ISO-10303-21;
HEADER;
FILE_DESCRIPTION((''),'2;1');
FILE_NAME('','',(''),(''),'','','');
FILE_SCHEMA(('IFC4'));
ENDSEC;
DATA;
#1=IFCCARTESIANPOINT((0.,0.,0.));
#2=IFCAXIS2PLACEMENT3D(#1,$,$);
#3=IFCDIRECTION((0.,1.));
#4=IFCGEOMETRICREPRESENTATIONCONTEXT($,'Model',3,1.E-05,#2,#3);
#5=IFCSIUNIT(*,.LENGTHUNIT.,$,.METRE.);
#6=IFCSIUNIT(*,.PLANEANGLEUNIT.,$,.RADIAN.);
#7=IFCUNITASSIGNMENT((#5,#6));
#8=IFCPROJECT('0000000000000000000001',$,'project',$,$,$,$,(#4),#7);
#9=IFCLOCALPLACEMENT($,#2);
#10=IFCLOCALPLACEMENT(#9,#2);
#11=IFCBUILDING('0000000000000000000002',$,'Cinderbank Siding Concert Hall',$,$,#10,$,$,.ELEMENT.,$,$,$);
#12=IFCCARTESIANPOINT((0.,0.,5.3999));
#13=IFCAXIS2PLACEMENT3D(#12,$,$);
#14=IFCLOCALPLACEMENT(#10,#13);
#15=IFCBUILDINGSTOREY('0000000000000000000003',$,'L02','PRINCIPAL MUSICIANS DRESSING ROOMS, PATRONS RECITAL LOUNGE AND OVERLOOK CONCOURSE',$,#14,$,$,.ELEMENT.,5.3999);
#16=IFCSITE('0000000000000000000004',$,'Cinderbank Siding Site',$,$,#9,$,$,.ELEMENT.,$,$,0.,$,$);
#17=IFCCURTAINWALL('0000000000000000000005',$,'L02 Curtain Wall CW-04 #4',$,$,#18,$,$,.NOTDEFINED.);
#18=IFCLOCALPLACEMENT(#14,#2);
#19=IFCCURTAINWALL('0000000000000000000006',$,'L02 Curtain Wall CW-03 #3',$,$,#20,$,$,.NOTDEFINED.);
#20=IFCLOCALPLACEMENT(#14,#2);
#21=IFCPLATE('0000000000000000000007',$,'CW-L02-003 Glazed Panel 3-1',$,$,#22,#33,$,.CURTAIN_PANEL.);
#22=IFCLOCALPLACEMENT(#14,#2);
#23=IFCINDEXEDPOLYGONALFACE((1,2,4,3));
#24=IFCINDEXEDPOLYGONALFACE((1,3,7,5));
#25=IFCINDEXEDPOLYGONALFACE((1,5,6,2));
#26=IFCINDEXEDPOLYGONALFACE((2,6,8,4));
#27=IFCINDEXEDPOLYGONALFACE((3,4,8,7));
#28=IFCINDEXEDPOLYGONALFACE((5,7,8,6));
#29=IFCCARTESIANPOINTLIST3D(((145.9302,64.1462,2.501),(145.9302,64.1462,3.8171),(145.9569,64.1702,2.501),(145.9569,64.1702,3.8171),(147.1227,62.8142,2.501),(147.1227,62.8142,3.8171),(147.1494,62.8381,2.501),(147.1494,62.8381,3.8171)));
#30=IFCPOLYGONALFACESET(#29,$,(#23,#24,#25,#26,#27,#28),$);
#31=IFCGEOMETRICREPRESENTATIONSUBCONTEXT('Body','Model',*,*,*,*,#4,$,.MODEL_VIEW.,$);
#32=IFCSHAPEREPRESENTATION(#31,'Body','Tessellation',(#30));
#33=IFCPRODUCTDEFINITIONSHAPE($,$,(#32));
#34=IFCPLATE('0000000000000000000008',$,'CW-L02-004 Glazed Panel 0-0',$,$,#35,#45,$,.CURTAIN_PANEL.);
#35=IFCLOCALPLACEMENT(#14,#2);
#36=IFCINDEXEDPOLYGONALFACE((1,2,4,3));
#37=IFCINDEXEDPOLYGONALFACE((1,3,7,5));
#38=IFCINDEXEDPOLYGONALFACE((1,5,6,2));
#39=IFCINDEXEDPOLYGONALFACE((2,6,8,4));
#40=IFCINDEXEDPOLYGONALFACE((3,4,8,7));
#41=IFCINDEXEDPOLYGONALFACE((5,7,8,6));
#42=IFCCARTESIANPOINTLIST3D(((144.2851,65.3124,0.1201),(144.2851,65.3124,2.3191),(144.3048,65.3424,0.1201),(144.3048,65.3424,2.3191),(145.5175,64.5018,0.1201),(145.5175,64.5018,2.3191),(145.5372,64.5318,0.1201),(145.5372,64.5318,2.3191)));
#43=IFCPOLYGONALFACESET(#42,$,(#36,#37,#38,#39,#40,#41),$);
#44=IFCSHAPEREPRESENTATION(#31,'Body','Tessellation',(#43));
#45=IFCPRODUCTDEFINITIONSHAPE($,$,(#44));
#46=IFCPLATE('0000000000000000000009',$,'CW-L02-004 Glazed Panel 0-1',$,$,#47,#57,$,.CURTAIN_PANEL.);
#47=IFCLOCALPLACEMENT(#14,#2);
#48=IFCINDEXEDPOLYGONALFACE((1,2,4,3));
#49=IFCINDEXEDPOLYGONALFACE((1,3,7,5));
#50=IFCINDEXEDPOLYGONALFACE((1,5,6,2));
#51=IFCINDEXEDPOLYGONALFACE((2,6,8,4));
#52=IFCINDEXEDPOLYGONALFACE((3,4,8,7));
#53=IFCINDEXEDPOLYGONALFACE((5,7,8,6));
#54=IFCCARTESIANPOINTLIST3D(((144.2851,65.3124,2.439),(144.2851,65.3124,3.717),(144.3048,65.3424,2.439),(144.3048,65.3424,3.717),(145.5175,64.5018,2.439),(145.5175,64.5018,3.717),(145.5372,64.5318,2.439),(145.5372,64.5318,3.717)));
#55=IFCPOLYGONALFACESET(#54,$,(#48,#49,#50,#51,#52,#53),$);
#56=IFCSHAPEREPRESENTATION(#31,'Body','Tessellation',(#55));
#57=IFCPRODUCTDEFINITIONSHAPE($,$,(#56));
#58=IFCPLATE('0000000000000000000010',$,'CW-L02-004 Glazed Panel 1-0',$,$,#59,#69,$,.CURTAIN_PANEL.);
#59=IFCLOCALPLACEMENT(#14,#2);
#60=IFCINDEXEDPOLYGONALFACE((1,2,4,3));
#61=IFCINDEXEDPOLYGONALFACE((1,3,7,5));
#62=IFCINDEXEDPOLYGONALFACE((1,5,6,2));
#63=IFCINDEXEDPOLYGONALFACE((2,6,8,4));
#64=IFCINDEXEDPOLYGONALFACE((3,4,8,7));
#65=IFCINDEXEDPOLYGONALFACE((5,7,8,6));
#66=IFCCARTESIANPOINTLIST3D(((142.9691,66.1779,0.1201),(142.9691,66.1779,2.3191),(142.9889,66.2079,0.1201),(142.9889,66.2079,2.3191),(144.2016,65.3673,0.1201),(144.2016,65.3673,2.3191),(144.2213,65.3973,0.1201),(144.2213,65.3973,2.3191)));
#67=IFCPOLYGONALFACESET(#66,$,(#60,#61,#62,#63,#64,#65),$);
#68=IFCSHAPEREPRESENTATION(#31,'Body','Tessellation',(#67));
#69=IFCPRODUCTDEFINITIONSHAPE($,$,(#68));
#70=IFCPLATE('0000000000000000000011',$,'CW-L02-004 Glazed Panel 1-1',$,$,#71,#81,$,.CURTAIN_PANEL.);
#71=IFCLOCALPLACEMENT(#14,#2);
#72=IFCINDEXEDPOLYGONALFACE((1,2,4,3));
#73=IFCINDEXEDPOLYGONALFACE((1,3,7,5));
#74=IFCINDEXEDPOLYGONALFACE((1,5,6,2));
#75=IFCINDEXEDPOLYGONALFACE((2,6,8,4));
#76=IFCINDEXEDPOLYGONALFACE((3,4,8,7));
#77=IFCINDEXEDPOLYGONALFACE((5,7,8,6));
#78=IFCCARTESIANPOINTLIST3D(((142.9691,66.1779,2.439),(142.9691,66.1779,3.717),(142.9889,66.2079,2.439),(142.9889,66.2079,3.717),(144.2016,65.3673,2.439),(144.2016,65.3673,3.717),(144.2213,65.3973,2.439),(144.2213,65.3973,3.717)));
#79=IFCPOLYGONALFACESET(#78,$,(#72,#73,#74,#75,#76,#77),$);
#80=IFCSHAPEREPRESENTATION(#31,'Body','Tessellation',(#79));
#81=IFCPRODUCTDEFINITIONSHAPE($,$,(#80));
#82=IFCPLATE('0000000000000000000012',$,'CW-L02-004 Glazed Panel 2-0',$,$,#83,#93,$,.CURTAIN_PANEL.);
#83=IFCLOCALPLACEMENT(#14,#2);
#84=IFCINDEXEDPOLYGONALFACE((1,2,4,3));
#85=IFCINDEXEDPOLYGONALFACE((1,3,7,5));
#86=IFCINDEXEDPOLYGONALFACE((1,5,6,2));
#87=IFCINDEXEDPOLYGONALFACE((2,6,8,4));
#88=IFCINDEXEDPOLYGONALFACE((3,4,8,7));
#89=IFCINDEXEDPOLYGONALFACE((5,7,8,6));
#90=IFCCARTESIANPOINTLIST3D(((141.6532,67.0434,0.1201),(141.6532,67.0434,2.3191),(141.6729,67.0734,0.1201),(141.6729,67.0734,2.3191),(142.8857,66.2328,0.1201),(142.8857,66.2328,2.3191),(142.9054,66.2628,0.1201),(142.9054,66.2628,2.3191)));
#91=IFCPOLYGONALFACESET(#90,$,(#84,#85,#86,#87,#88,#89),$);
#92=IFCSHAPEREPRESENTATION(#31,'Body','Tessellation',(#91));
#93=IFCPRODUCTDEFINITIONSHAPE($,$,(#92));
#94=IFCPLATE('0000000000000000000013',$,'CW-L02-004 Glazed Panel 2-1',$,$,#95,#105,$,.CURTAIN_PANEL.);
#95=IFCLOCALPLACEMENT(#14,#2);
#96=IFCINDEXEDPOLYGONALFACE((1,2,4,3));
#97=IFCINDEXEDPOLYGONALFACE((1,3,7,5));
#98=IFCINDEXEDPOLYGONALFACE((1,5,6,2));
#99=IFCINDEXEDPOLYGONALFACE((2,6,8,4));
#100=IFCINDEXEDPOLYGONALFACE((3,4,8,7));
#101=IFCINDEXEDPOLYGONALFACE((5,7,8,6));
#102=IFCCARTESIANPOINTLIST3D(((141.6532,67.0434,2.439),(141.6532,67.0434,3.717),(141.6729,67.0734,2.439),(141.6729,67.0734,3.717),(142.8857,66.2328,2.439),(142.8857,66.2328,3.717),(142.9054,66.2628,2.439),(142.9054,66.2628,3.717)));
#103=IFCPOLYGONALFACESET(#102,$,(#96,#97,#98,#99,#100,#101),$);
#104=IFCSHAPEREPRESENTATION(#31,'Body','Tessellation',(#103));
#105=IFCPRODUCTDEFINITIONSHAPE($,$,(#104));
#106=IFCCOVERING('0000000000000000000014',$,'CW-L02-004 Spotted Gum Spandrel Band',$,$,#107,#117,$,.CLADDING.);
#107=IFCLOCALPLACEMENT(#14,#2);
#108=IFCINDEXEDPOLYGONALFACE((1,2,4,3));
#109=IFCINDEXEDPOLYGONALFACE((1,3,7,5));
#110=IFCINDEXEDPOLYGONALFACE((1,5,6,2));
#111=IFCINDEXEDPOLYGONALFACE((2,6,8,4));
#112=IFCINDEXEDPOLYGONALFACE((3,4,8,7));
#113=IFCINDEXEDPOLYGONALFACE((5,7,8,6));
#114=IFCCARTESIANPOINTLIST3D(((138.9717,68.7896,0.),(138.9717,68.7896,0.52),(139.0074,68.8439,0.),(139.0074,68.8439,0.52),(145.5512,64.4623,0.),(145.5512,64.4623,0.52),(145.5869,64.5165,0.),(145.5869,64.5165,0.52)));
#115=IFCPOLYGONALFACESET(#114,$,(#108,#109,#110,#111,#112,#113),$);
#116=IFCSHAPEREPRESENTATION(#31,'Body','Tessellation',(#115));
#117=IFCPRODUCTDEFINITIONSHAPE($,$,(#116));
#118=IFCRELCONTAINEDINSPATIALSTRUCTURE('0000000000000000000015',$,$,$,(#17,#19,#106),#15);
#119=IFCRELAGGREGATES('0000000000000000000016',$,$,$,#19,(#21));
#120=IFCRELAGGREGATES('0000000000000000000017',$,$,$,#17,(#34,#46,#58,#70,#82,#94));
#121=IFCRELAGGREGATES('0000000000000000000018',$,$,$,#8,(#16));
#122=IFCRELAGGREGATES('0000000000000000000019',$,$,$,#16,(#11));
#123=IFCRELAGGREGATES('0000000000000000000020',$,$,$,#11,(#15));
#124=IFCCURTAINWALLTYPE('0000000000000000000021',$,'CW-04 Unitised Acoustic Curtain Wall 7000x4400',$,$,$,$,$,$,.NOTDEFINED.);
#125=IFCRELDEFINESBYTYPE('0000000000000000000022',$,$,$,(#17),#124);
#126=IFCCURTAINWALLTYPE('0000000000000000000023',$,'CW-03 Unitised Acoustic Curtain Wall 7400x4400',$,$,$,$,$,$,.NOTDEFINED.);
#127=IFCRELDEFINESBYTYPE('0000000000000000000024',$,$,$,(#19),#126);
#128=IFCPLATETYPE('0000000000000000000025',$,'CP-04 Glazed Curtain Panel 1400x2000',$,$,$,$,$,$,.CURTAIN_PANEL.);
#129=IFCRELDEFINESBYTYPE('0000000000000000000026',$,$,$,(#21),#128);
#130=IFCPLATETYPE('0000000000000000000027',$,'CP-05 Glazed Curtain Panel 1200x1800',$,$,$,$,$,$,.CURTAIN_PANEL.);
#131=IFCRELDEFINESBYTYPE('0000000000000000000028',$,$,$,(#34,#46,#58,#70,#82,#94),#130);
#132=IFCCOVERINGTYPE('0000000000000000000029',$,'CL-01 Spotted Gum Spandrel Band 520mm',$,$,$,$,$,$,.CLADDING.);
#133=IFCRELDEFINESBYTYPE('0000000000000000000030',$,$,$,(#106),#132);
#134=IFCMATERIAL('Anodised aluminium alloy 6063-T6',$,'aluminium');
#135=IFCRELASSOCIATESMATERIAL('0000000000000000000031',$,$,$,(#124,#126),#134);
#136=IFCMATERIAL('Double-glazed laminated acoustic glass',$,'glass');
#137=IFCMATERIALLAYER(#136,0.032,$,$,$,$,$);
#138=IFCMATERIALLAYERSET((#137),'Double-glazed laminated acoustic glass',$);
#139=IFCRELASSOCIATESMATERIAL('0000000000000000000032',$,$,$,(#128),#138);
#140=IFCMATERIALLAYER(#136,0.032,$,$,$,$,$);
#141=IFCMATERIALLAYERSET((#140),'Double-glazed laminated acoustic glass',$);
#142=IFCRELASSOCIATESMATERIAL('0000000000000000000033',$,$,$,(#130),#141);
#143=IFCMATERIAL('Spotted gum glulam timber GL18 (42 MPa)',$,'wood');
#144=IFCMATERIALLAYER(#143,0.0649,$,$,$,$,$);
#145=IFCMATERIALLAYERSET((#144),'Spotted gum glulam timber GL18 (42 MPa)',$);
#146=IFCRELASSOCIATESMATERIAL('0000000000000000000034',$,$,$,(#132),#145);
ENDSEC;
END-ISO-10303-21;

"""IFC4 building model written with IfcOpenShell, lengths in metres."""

from ifc_helpers import new_model, si_unit, direction, frame, origin, origin_2d, place, context, subcontext, project, spatial, rectangle, extrude, material, layer, layer_set, type_object, element, aggregate, save


model = new_model("IFC4")

# Units and contexts
model_context = context("Model", 3, precision=1e-05, world=origin(), true_north=direction((0.0, 1.0)))
body_context = subcontext(model_context, "Body", "Model", "MODEL_VIEW")
ifc_project = project(units=[si_unit("LENGTHUNIT", "METRE"), si_unit("PLANEANGLEUNIT", "RADIAN")], contexts=[model_context])

# Site, building, storey
site_placement = place(None, origin())
site = spatial("IfcSite", under=ifc_project, at=site_placement, Name="Cinderbank Siding Site", CompositionType="ELEMENT", RefElevation=0.0)
building_placement = place(site_placement, origin())
building = spatial("IfcBuilding", under=site, at=building_placement, Name="Cinderbank Siding Concert Hall", CompositionType="ELEMENT")
storey_placement = place(building_placement, frame((0.0, 0.0, 5.3999)))
storey = spatial("IfcBuildingStorey", under=building, at=storey_placement, Name="L02", Description="PRINCIPAL MUSICIANS DRESSING ROOMS, PATRONS RECITAL LOUNGE AND OVERLOOK CONCOURSE", CompositionType="ELEMENT", Elevation=5.3999)

# Curtain wall
ifc_material_1 = material(Name="Anodised aluminium alloy 6063-T6", Category="aluminium")
curtain_wall_type_1 = type_object("IfcCurtainWallType", Name="CW-04 Unitised Acoustic Curtain Wall 7000x4400", PredefinedType="NOTDEFINED", material=ifc_material_1)
curtain_wall_1_placement = place(storey_placement, origin())
curtain_wall_1 = element("IfcCurtainWall", 1, at=curtain_wall_1_placement, inside=storey, type_object=curtain_wall_type_1, Name="L02 Curtain Wall CW-04 #4", PredefinedType="NOTDEFINED")

# Curtain wall
curtain_wall_type_2 = type_object("IfcCurtainWallType", Name="CW-03 Unitised Acoustic Curtain Wall 7400x4400", PredefinedType="NOTDEFINED", material=ifc_material_1)
curtain_wall_2_placement = place(storey_placement, origin())
curtain_wall_2 = element("IfcCurtainWall", 2, at=curtain_wall_2_placement, inside=storey, type_object=curtain_wall_type_2, Name="L02 Curtain Wall CW-03 #3", PredefinedType="NOTDEFINED")

# Shared definitions
ifc_material_2 = material(Name="Spotted gum glulam timber GL18 (42 MPa)", Category="wood")

# Plates
ifc_material_3 = material(Name="Double-glazed laminated acoustic glass", Category="glass")
ifc_layer_1 = layer(ifc_material_3, 0.032)
ifc_layer_set_1 = layer_set([ifc_layer_1], Name="Double-glazed laminated acoustic glass")
plate_type_1 = type_object("IfcPlateType", Name="CP-04 Glazed Curtain Panel 1400x2000", PredefinedType="CURTAIN_PANEL", material=ifc_layer_set_1)
plate_1_placement = place(storey_placement, frame((146.5398, 63.4922, 2.501), z_axis=(0.0, 0.0, 1.0), x_axis=(-0.666993, 0.745064, 0.0)))
plate_1 = element("IfcPlate", 3, at=plate_1_placement, type_object=plate_type_1, Name="CW-L02-003 Glazed Panel 3-1", PredefinedType="CURTAIN_PANEL", context=body_context, shape_type="SweptSolid", body=[
    extrude(rectangle(XDim=1.7878, YDim=0.0359, at=origin_2d()), origin(), (0.0, 0.0, 1.0), 1.3162),
])
aggregate(curtain_wall_2, [plate_1])
ifc_layer_2 = layer(ifc_material_3, 0.032)
ifc_layer_set_2 = layer_set([ifc_layer_2], Name="Double-glazed laminated acoustic glass")
plate_type_2 = type_object("IfcPlateType", Name="CP-05 Glazed Curtain Panel 1200x1800", PredefinedType="CURTAIN_PANEL", material=ifc_layer_set_2)
plate_2_placement = place(storey_placement, frame((144.9111, 64.9221, 0.1201), z_axis=(0.0, 0.0, 1.0), x_axis=(-0.835492, 0.549503, 0.0)))
plate_2 = element("IfcPlate", 4, at=plate_2_placement, type_object=plate_type_2, Name="CW-L02-004 Glazed Panel 0-0", PredefinedType="CURTAIN_PANEL", context=body_context, shape_type="SweptSolid", body=[
    extrude(rectangle(XDim=1.4751, YDim=0.0359, at=origin_2d()), origin(), (0.0, 0.0, 1.0), 2.199),
])
plate_3_placement = place(storey_placement, frame((144.9111, 64.9221, 2.439), z_axis=(0.0, 0.0, 1.0), x_axis=(-0.835492, 0.549503, 0.0)))
plate_3 = element("IfcPlate", 5, at=plate_3_placement, type_object=plate_type_2, Name="CW-L02-004 Glazed Panel 0-1", PredefinedType="CURTAIN_PANEL", context=body_context, shape_type="SweptSolid", body=[
    extrude(rectangle(XDim=1.4751, YDim=0.0359, at=origin_2d()), origin(), (0.0, 0.0, 1.0), 1.2781),
])
plate_4_placement = place(storey_placement, frame((143.5952, 65.7876, 0.1201), z_axis=(0.0, 0.0, 1.0), x_axis=(-0.835492, 0.549503, 0.0)))
plate_4 = element("IfcPlate", 6, at=plate_4_placement, type_object=plate_type_2, Name="CW-L02-004 Glazed Panel 1-0", PredefinedType="CURTAIN_PANEL", context=body_context, shape_type="SweptSolid", body=[
    extrude(rectangle(XDim=1.4751, YDim=0.0359, at=origin_2d()), origin(), (0.0, 0.0, 1.0), 2.199),
])
plate_5_placement = place(storey_placement, frame((143.5952, 65.7876, 2.439), z_axis=(0.0, 0.0, 1.0), x_axis=(-0.835492, 0.549503, 0.0)))
plate_5 = element("IfcPlate", 7, at=plate_5_placement, type_object=plate_type_2, Name="CW-L02-004 Glazed Panel 1-1", PredefinedType="CURTAIN_PANEL", context=body_context, shape_type="SweptSolid", body=[
    extrude(rectangle(XDim=1.4751, YDim=0.0359, at=origin_2d()), origin(), (0.0, 0.0, 1.0), 1.2781),
])
plate_6_placement = place(storey_placement, frame((142.2793, 66.6531, 0.1201), z_axis=(0.0, 0.0, 1.0), x_axis=(-0.835492, 0.549503, 0.0)))
plate_6 = element("IfcPlate", 8, at=plate_6_placement, type_object=plate_type_2, Name="CW-L02-004 Glazed Panel 2-0", PredefinedType="CURTAIN_PANEL", context=body_context, shape_type="SweptSolid", body=[
    extrude(rectangle(XDim=1.4751, YDim=0.0359, at=origin_2d()), origin(), (0.0, 0.0, 1.0), 2.199),
])
plate_7_placement = place(storey_placement, frame((142.2793, 66.6531, 2.439), z_axis=(0.0, 0.0, 1.0), x_axis=(-0.835492, 0.549503, 0.0)))
plate_7 = element("IfcPlate", 9, at=plate_7_placement, type_object=plate_type_2, Name="CW-L02-004 Glazed Panel 2-1", PredefinedType="CURTAIN_PANEL", context=body_context, shape_type="SweptSolid", body=[
    extrude(rectangle(XDim=1.4751, YDim=0.0359, at=origin_2d()), origin(), (0.0, 0.0, 1.0), 1.2781),
])
aggregate(curtain_wall_1, [plate_2, plate_3, plate_4, plate_5, plate_6, plate_7])

# Covering
ifc_layer_3 = layer(ifc_material_2, 0.0649)
ifc_layer_set_3 = layer_set([ifc_layer_3], Name="Spotted gum glulam timber GL18 (42 MPa)")
covering_type = type_object("IfcCoveringType", Name="CL-01 Spotted Gum Spandrel Band 520mm", PredefinedType="CLADDING", material=ifc_layer_set_3)
covering_placement = place(storey_placement, frame((142.2793, 66.6531, 0.0), z_axis=(0.0, 0.0, 1.0), x_axis=(-0.835492, 0.549503, 0.0)))
element("IfcCovering", 10, at=covering_placement, inside=storey, type_object=covering_type, Name="CW-L02-004 Spotted Gum Spandrel Band", PredefinedType="CLADDING", context=body_context, shape_type="SweptSolid", body=[
    extrude(rectangle(XDim=7.875, YDim=0.0649, at=origin_2d()), origin(), (0.0, 0.0, 1.0), 0.52),
])

save(model, "model.ifc")
